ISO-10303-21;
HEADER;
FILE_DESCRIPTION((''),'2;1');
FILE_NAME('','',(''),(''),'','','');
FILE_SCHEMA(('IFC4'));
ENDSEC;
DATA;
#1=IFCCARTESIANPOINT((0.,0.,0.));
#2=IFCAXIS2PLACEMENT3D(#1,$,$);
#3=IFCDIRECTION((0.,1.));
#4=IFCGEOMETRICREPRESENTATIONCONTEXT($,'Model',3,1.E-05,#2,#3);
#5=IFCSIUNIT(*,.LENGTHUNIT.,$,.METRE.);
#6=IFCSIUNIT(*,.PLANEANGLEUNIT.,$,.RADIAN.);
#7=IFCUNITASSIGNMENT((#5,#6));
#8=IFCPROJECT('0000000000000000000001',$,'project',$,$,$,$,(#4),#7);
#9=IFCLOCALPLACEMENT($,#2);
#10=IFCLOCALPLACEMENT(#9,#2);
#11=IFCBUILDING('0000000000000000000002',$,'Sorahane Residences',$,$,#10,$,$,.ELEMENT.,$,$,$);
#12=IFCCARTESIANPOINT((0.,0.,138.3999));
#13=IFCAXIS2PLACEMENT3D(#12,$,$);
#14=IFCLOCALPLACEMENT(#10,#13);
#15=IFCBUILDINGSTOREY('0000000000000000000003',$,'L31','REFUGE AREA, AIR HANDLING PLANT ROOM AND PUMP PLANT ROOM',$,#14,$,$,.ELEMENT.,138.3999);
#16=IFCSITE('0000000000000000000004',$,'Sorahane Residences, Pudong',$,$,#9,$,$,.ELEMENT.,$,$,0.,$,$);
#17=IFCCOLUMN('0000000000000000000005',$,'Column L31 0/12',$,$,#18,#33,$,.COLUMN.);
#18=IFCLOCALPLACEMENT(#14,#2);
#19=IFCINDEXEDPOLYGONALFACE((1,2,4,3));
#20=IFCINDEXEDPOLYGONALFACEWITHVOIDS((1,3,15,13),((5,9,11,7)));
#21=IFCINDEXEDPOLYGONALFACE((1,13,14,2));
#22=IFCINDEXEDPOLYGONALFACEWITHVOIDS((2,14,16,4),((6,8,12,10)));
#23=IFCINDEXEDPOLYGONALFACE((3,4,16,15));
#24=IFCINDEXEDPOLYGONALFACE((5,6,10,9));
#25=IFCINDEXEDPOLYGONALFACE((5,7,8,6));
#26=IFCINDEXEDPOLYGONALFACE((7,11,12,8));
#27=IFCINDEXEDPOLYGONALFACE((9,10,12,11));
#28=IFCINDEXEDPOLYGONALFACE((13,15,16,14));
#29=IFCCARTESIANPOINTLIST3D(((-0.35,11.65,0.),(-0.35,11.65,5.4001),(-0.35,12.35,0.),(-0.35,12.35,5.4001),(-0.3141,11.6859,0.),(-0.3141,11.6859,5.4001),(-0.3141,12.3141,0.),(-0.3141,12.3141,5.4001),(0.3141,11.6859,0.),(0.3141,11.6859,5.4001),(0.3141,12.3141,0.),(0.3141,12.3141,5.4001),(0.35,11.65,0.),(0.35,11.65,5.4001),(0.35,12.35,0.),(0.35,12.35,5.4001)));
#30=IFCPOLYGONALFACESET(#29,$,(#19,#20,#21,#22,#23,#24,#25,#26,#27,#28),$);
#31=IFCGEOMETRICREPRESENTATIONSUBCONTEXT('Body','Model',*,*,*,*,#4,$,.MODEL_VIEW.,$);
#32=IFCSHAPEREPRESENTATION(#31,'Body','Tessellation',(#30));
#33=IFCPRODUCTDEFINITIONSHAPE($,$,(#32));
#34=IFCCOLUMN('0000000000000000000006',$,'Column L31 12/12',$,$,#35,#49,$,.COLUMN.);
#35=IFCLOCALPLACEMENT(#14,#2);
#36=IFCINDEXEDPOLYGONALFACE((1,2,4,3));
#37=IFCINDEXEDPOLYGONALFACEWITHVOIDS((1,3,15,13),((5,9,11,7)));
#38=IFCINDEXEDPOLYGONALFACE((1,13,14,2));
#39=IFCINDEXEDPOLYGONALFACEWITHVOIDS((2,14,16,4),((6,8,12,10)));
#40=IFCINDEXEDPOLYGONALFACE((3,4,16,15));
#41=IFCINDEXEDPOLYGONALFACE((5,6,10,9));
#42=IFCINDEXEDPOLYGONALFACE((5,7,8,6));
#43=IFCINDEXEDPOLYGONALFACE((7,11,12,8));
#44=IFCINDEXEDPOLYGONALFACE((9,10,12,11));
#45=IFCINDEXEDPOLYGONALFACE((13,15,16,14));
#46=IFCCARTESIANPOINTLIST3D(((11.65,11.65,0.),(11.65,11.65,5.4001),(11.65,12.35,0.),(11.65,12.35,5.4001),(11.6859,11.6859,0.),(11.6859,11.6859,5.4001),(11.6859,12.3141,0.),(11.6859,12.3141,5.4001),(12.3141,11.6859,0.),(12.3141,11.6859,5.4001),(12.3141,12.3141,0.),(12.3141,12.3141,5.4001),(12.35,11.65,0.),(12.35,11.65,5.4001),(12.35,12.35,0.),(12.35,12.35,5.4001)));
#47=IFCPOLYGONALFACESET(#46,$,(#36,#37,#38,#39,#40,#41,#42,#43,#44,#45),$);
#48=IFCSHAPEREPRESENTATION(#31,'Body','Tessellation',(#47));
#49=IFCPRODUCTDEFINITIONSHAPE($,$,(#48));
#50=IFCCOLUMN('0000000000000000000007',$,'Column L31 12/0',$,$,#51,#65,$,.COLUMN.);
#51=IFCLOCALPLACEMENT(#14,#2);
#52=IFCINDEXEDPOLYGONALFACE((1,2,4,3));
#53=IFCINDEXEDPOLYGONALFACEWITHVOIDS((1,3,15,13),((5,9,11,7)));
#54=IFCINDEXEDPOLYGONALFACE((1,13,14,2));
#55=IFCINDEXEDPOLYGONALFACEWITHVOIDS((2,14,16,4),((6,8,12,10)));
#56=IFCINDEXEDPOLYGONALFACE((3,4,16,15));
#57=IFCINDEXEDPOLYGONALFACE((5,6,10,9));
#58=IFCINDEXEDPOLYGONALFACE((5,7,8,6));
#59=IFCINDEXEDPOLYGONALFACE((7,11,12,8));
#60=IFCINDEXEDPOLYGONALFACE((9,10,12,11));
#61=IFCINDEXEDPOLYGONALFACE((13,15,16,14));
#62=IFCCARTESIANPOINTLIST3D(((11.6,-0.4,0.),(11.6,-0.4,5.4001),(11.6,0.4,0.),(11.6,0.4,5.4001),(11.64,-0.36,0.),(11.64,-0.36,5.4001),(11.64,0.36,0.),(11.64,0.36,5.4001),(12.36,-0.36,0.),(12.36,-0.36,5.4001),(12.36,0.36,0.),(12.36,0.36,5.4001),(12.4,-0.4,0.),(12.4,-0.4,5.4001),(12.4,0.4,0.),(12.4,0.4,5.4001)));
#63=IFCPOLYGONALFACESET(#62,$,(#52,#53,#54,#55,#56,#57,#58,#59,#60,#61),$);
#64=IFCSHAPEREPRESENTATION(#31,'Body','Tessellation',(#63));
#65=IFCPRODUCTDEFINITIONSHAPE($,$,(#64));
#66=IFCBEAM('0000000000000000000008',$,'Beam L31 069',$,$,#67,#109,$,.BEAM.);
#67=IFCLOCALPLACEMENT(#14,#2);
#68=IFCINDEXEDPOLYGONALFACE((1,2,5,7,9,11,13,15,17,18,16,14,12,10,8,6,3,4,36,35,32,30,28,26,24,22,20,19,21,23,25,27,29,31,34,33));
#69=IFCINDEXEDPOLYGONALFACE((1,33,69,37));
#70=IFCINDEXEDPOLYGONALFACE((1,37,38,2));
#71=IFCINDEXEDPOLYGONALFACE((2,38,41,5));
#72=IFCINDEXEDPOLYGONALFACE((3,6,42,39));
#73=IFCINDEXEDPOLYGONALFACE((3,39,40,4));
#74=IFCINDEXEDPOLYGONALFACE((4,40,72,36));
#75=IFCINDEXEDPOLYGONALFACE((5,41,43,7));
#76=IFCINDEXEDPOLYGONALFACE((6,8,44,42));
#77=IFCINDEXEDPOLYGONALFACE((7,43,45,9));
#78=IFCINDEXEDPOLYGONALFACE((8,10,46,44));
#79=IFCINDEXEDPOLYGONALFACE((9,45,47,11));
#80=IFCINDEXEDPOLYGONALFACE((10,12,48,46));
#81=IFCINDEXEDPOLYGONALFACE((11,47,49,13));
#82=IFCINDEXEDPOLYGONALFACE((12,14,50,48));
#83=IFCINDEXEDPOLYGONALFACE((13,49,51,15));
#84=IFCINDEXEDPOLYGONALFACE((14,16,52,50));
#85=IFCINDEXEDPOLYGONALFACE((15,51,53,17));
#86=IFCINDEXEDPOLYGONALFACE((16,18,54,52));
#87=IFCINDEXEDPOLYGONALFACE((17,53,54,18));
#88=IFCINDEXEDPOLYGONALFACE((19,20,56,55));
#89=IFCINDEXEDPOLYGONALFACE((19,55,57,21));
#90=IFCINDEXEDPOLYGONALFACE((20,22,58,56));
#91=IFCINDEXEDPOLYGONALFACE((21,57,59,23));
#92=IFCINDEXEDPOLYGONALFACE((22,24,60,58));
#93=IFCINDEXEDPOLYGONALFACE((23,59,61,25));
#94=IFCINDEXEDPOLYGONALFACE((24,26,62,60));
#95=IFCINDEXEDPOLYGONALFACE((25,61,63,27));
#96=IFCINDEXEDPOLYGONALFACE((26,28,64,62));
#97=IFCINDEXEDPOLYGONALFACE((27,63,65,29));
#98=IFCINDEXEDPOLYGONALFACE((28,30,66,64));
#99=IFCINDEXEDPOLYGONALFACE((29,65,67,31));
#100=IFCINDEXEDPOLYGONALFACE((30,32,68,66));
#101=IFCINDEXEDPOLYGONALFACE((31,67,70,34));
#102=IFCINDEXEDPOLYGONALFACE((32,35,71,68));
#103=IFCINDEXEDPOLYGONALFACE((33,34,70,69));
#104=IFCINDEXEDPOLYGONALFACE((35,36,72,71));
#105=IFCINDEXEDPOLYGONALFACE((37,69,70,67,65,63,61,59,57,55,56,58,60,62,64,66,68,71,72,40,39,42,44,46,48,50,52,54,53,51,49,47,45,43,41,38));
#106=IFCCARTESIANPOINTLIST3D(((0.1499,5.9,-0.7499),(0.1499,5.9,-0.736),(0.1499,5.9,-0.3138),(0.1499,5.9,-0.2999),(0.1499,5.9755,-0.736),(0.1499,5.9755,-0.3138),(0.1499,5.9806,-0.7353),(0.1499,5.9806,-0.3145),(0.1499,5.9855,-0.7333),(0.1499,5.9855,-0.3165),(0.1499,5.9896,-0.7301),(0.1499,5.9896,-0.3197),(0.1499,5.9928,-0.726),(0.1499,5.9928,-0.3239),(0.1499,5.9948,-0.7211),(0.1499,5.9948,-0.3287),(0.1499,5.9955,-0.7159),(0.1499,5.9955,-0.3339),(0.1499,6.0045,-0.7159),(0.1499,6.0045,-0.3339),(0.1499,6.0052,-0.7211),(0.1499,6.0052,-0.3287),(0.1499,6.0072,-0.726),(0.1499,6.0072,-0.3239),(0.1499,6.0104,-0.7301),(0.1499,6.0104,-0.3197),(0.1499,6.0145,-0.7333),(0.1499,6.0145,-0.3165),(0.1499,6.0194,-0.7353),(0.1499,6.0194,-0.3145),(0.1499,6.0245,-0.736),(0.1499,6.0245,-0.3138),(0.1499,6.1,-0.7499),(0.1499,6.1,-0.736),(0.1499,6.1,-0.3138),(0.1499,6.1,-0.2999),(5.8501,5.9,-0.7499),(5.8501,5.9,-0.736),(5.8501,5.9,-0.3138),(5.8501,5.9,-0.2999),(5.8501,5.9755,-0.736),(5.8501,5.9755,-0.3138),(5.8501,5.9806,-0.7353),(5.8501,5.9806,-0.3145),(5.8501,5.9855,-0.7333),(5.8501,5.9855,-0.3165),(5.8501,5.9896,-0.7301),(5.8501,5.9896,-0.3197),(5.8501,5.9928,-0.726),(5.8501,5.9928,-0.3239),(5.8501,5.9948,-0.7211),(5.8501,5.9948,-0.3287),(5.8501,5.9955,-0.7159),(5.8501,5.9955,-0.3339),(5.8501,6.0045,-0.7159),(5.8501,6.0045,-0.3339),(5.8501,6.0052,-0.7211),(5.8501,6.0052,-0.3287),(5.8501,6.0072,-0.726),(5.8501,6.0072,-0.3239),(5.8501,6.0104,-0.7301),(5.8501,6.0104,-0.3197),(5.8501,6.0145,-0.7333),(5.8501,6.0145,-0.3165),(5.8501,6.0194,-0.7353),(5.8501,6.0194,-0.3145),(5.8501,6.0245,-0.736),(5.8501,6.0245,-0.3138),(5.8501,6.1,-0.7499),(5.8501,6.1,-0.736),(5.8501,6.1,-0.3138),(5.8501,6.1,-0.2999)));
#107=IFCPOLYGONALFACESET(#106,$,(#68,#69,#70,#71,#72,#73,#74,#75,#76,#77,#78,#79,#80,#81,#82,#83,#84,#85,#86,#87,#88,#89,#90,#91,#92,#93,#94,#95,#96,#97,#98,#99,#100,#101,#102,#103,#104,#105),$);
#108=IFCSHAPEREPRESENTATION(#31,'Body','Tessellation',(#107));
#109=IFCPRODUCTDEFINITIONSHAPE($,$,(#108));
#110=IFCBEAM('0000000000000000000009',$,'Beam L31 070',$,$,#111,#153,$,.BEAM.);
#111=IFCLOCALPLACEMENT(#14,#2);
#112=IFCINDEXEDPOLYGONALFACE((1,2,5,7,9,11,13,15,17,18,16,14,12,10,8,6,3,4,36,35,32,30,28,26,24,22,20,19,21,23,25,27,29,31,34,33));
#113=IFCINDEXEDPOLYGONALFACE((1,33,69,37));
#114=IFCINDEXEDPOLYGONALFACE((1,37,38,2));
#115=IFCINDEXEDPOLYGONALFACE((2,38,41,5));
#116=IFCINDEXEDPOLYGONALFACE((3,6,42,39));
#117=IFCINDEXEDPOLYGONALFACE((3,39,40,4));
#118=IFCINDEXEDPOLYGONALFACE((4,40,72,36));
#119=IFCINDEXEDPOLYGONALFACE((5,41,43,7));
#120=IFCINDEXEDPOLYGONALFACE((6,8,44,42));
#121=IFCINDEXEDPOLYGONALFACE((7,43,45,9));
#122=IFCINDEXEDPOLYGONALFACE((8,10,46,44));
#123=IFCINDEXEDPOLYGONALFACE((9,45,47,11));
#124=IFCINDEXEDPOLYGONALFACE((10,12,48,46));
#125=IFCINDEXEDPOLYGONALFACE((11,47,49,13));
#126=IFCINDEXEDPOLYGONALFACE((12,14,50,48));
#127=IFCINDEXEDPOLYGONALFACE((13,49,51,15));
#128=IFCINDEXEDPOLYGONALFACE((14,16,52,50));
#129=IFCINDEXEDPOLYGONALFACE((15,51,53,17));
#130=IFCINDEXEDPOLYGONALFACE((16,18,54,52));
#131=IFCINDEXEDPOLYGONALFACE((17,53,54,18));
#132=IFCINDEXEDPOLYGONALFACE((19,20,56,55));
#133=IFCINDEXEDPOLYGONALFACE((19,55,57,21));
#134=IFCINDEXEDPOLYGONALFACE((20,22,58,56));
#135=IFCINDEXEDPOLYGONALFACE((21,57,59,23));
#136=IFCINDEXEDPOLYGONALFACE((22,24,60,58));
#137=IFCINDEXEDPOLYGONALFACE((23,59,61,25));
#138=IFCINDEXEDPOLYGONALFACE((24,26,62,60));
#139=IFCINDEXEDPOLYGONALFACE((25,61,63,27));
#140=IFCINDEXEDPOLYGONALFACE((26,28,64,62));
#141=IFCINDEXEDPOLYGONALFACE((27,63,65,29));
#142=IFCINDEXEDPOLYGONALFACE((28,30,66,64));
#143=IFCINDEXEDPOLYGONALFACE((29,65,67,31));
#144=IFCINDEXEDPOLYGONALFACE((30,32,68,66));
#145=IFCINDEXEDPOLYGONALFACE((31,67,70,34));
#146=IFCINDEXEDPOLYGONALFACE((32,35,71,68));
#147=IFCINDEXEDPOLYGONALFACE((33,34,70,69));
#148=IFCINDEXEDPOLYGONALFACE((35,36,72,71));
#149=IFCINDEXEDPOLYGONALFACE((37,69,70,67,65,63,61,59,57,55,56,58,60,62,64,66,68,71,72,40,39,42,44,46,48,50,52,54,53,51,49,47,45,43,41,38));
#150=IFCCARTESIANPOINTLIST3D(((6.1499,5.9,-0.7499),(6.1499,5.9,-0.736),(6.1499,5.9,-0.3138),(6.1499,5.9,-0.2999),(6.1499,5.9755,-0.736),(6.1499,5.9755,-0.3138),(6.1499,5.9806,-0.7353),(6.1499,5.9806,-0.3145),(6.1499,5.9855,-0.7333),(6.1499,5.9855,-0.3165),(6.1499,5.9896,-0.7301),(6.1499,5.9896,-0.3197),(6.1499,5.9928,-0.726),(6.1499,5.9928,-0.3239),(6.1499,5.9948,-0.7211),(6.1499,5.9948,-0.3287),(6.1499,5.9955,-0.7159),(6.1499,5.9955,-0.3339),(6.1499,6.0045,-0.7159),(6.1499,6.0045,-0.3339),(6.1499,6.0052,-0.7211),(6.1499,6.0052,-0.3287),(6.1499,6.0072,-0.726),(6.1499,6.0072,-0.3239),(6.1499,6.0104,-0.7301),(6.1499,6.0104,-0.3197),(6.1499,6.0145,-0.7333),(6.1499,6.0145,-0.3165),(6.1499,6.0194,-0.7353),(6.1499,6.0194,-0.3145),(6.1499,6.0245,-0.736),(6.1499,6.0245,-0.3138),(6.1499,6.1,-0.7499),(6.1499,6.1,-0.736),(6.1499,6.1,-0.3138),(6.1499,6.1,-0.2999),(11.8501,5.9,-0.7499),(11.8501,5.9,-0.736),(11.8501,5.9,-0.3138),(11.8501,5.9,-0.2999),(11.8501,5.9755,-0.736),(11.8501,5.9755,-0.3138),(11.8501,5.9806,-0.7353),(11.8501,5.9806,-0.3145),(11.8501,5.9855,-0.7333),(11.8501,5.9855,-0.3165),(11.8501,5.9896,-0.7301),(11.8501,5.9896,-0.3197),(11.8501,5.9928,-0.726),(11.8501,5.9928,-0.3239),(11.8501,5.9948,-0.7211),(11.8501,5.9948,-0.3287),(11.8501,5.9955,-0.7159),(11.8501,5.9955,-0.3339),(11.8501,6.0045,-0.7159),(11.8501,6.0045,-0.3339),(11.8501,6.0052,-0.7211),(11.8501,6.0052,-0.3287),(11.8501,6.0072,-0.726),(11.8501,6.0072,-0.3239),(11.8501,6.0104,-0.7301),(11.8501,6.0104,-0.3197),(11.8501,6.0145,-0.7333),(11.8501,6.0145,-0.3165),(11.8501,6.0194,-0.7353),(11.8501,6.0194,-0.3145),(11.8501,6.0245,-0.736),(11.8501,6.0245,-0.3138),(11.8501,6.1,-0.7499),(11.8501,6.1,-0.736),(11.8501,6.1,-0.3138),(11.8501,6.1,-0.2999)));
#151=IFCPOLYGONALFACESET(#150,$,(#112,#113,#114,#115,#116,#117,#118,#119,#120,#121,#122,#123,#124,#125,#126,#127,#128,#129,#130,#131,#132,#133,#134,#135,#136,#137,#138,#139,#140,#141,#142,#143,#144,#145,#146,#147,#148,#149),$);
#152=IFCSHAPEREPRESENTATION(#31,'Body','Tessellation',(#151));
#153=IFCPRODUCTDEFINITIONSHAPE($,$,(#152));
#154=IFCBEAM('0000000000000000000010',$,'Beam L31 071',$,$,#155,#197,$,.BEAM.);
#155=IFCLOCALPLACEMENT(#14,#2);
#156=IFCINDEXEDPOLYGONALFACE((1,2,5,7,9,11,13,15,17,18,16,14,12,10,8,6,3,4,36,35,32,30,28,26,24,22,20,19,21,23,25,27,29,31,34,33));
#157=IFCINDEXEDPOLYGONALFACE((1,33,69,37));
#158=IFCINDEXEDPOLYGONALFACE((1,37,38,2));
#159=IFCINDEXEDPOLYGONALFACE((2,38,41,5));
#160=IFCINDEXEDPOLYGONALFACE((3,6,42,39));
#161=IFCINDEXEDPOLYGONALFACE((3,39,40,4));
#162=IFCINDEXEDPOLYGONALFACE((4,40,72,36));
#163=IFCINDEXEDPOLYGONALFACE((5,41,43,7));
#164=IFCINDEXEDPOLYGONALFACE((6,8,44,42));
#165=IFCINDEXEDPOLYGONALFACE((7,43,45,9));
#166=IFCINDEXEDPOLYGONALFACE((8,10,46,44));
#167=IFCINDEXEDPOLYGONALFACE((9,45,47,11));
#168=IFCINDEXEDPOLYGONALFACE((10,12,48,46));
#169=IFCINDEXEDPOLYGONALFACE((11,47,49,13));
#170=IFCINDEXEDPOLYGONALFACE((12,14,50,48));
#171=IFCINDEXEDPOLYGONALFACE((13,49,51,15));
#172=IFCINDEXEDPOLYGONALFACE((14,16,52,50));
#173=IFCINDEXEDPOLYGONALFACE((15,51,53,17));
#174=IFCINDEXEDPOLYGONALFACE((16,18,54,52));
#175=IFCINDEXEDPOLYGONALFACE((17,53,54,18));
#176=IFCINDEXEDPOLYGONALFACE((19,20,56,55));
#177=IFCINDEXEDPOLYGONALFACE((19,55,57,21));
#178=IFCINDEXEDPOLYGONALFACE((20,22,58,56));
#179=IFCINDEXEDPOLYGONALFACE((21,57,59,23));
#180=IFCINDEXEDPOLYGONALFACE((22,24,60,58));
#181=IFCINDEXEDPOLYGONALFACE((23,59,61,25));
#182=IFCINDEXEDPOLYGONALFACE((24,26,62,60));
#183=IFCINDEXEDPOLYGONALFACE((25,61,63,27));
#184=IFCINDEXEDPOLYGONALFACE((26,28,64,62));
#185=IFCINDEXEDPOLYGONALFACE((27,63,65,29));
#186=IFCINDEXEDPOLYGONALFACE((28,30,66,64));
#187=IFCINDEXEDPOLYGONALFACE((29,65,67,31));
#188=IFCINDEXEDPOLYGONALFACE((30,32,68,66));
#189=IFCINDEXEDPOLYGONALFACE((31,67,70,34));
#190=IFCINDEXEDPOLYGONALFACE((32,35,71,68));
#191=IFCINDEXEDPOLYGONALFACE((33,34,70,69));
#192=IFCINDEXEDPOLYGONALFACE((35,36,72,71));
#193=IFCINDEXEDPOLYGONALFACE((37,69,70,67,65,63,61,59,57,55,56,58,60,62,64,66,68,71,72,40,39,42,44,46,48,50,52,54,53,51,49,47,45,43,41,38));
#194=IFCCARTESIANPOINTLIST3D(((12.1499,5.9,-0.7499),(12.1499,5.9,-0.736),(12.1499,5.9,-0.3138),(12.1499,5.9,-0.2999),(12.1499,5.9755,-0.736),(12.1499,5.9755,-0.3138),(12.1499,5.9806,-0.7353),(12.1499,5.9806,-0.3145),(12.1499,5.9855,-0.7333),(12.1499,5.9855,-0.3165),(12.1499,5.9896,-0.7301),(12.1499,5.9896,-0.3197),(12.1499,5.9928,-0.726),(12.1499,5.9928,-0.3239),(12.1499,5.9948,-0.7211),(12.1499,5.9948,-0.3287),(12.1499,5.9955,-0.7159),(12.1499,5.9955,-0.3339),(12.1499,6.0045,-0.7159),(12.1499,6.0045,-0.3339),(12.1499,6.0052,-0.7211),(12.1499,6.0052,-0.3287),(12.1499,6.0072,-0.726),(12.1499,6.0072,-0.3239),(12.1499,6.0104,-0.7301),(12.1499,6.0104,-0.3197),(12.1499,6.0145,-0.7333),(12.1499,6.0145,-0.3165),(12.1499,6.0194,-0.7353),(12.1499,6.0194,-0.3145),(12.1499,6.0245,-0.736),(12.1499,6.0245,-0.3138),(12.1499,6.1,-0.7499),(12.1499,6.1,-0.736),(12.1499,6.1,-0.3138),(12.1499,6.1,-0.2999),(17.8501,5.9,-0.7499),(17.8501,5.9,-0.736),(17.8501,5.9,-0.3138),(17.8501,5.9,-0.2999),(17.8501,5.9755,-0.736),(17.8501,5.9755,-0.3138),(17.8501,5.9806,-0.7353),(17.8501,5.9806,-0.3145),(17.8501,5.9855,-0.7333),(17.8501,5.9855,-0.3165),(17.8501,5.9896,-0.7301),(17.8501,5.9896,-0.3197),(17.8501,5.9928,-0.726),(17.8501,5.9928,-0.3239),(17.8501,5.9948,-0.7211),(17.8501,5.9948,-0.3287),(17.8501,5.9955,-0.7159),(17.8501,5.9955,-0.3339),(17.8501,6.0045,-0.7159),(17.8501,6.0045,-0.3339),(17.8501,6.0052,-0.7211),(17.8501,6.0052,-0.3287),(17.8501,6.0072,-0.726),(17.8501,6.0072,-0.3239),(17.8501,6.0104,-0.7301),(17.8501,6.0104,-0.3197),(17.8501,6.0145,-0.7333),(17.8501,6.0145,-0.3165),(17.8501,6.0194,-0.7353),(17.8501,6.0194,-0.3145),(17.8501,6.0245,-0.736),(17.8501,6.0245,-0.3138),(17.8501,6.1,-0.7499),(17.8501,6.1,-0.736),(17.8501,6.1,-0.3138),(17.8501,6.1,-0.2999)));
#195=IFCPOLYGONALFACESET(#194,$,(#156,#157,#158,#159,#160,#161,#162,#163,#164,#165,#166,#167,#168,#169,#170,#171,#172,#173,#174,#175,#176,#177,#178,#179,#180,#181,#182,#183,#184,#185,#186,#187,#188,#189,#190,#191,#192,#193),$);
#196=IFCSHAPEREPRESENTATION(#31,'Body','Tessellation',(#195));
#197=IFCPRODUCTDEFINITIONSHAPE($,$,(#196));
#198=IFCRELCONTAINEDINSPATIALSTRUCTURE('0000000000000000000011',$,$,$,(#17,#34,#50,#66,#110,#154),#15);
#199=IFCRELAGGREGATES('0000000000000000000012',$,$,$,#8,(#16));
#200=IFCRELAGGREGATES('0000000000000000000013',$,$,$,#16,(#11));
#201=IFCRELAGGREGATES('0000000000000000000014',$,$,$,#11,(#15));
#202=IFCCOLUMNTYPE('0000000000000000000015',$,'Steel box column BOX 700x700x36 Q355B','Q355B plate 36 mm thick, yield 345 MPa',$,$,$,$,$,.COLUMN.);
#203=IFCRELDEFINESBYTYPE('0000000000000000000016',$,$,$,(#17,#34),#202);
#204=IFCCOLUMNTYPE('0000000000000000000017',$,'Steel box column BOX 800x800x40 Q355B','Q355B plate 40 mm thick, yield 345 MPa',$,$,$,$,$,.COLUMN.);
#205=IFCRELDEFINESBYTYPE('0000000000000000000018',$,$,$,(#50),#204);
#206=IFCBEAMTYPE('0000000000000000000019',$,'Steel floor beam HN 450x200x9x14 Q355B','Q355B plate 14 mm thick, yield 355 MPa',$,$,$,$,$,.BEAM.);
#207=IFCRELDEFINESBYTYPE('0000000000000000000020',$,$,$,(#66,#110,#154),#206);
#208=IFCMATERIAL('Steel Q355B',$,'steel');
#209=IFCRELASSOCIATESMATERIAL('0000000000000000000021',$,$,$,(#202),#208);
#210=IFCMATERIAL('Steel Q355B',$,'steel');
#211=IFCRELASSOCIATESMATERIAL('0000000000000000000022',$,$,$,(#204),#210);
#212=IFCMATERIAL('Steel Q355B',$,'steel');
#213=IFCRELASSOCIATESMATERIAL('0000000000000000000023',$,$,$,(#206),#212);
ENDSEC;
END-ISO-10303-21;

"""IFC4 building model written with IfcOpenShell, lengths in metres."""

from ifc_helpers import new_model, si_unit, direction, frame, origin, origin_2d, place, context, subcontext, project, spatial, hollow_rectangle, i_section, extrude, material, material_profile, profile_set, type_object, element, save


model = new_model("IFC4")

# Units and contexts
model_context = context("Model", 3, precision=1e-05, world=origin(), true_north=direction((0.0, 1.0)))
body_context = subcontext(model_context, "Body", "Model", "MODEL_VIEW")
ifc_project = project(units=[si_unit("LENGTHUNIT", "METRE"), si_unit("PLANEANGLEUNIT", "RADIAN")], contexts=[model_context])

# Site, building, storey
site_placement = place(None, origin())
site = spatial("IfcSite", under=ifc_project, at=site_placement, Name="Sorahane Residences, Pudong", CompositionType="ELEMENT", RefElevation=0.0)
building_placement = place(site_placement, origin())
building = spatial("IfcBuilding", under=site, at=building_placement, Name="Sorahane Residences", CompositionType="ELEMENT")
storey_placement = place(building_placement, frame((0.0, 0.0, 138.3999)))
storey = spatial("IfcBuildingStorey", under=building, at=storey_placement, Name="L31", Description="REFUGE AREA, AIR HANDLING PLANT ROOM AND PUMP PLANT ROOM", CompositionType="ELEMENT", Elevation=138.3999)

# Columns
ifc_material_1 = material(Name="Steel Q355B", Category="steel")
ifc_material_profile_1 = material_profile(ifc_material_1, hollow_rectangle(XDim=0.7, YDim=0.7, WallThickness=0.0359, at=origin_2d()), Name="BOX 700x700x36")
ifc_profile_set_1 = profile_set([ifc_material_profile_1], Name="Steel Q355B")
column_type_1 = type_object("IfcColumnType", Name="Steel box column BOX 700x700x36 Q355B", Description="Q355B plate 36 mm thick, yield 345 MPa", PredefinedType="COLUMN", material=ifc_profile_set_1)
for number, where, z_axis, x_axis, name in (
    (1, (0.0, 12.0, 0.0), (0.0, 0.0, 1.0), (1.0, 0.0, 0.0), "Column L31 0/12"),
    (2, (12.0, 12.0, 0.0), (0.0, 0.0, 1.0), (1.0, 0.0, 0.0), "Column L31 12/12"),
):
    element("IfcColumn", number, at=place(storey_placement, frame(where, z_axis=z_axis, x_axis=x_axis)), inside=storey, type_object=column_type_1, Name=name, PredefinedType="COLUMN", context=body_context, shape_type="SweptSolid", body=[
        extrude(hollow_rectangle(XDim=0.7, YDim=0.7, WallThickness=0.0359, at=origin_2d()), origin(), (0.0, 0.0, 1.0), 5.4001),
    ])
ifc_material_2 = material(Name="Steel Q355B", Category="steel")
ifc_material_profile_2 = material_profile(ifc_material_2, hollow_rectangle(XDim=0.8, YDim=0.8, WallThickness=0.04, at=origin_2d()), Name="BOX 800x800x40")
ifc_profile_set_2 = profile_set([ifc_material_profile_2], Name="Steel Q355B")
column_type_2 = type_object("IfcColumnType", Name="Steel box column BOX 800x800x40 Q355B", Description="Q355B plate 40 mm thick, yield 345 MPa", PredefinedType="COLUMN", material=ifc_profile_set_2)
column_placement = place(storey_placement, frame((12.0, 0.0, 0.0), z_axis=(0.0, 0.0, 1.0), x_axis=(1.0, 0.0, 0.0)))
element("IfcColumn", 3, at=column_placement, inside=storey, type_object=column_type_2, Name="Column L31 12/0", PredefinedType="COLUMN", context=body_context, shape_type="SweptSolid", body=[
    extrude(hollow_rectangle(XDim=0.8, YDim=0.8, WallThickness=0.04, at=origin_2d()), origin(), (0.0, 0.0, 1.0), 5.4001),
])

# Beams
ifc_material_3 = material(Name="Steel Q355B", Category="steel")
ifc_material_profile_3 = material_profile(ifc_material_3, i_section(OverallWidth=0.2, OverallDepth=0.45, WebThickness=0.009, FlangeThickness=0.0139, FilletRadius=0.02, at=origin_2d()), Name="HN 450x200x9x14")
ifc_profile_set_3 = profile_set([ifc_material_profile_3], Name="Steel Q355B")
beam_type_1 = type_object("IfcBeamType", Name="Steel floor beam HN 450x200x9x14 Q355B", Description="Q355B plate 14 mm thick, yield 355 MPa", PredefinedType="BEAM", material=ifc_profile_set_3)
for number, where, z_axis, x_axis, name in (
    (4, (0.1499, 6.0, -0.5249), (1.0, 0.0, 0.0), (0.0, 1.0, 0.0), "Beam L31 069"),
    (5, (6.1499, 6.0, -0.5249), (1.0, 0.0, 0.0), (0.0, 1.0, 0.0), "Beam L31 070"),
    (6, (12.1499, 6.0, -0.5249), (1.0, 0.0, 0.0), (0.0, 1.0, 0.0), "Beam L31 071"),
):
    element("IfcBeam", number, at=place(storey_placement, frame(where, z_axis=z_axis, x_axis=x_axis)), inside=storey, type_object=beam_type_1, Name=name, PredefinedType="BEAM", context=body_context, shape_type="SweptSolid", body=[
        extrude(i_section(OverallWidth=0.2, OverallDepth=0.45, WebThickness=0.009, FlangeThickness=0.0139, FilletRadius=0.02, at=origin_2d()), origin(), (0.0, 0.0, 1.0), 5.7002),
    ])

save(model, "model.ifc")
